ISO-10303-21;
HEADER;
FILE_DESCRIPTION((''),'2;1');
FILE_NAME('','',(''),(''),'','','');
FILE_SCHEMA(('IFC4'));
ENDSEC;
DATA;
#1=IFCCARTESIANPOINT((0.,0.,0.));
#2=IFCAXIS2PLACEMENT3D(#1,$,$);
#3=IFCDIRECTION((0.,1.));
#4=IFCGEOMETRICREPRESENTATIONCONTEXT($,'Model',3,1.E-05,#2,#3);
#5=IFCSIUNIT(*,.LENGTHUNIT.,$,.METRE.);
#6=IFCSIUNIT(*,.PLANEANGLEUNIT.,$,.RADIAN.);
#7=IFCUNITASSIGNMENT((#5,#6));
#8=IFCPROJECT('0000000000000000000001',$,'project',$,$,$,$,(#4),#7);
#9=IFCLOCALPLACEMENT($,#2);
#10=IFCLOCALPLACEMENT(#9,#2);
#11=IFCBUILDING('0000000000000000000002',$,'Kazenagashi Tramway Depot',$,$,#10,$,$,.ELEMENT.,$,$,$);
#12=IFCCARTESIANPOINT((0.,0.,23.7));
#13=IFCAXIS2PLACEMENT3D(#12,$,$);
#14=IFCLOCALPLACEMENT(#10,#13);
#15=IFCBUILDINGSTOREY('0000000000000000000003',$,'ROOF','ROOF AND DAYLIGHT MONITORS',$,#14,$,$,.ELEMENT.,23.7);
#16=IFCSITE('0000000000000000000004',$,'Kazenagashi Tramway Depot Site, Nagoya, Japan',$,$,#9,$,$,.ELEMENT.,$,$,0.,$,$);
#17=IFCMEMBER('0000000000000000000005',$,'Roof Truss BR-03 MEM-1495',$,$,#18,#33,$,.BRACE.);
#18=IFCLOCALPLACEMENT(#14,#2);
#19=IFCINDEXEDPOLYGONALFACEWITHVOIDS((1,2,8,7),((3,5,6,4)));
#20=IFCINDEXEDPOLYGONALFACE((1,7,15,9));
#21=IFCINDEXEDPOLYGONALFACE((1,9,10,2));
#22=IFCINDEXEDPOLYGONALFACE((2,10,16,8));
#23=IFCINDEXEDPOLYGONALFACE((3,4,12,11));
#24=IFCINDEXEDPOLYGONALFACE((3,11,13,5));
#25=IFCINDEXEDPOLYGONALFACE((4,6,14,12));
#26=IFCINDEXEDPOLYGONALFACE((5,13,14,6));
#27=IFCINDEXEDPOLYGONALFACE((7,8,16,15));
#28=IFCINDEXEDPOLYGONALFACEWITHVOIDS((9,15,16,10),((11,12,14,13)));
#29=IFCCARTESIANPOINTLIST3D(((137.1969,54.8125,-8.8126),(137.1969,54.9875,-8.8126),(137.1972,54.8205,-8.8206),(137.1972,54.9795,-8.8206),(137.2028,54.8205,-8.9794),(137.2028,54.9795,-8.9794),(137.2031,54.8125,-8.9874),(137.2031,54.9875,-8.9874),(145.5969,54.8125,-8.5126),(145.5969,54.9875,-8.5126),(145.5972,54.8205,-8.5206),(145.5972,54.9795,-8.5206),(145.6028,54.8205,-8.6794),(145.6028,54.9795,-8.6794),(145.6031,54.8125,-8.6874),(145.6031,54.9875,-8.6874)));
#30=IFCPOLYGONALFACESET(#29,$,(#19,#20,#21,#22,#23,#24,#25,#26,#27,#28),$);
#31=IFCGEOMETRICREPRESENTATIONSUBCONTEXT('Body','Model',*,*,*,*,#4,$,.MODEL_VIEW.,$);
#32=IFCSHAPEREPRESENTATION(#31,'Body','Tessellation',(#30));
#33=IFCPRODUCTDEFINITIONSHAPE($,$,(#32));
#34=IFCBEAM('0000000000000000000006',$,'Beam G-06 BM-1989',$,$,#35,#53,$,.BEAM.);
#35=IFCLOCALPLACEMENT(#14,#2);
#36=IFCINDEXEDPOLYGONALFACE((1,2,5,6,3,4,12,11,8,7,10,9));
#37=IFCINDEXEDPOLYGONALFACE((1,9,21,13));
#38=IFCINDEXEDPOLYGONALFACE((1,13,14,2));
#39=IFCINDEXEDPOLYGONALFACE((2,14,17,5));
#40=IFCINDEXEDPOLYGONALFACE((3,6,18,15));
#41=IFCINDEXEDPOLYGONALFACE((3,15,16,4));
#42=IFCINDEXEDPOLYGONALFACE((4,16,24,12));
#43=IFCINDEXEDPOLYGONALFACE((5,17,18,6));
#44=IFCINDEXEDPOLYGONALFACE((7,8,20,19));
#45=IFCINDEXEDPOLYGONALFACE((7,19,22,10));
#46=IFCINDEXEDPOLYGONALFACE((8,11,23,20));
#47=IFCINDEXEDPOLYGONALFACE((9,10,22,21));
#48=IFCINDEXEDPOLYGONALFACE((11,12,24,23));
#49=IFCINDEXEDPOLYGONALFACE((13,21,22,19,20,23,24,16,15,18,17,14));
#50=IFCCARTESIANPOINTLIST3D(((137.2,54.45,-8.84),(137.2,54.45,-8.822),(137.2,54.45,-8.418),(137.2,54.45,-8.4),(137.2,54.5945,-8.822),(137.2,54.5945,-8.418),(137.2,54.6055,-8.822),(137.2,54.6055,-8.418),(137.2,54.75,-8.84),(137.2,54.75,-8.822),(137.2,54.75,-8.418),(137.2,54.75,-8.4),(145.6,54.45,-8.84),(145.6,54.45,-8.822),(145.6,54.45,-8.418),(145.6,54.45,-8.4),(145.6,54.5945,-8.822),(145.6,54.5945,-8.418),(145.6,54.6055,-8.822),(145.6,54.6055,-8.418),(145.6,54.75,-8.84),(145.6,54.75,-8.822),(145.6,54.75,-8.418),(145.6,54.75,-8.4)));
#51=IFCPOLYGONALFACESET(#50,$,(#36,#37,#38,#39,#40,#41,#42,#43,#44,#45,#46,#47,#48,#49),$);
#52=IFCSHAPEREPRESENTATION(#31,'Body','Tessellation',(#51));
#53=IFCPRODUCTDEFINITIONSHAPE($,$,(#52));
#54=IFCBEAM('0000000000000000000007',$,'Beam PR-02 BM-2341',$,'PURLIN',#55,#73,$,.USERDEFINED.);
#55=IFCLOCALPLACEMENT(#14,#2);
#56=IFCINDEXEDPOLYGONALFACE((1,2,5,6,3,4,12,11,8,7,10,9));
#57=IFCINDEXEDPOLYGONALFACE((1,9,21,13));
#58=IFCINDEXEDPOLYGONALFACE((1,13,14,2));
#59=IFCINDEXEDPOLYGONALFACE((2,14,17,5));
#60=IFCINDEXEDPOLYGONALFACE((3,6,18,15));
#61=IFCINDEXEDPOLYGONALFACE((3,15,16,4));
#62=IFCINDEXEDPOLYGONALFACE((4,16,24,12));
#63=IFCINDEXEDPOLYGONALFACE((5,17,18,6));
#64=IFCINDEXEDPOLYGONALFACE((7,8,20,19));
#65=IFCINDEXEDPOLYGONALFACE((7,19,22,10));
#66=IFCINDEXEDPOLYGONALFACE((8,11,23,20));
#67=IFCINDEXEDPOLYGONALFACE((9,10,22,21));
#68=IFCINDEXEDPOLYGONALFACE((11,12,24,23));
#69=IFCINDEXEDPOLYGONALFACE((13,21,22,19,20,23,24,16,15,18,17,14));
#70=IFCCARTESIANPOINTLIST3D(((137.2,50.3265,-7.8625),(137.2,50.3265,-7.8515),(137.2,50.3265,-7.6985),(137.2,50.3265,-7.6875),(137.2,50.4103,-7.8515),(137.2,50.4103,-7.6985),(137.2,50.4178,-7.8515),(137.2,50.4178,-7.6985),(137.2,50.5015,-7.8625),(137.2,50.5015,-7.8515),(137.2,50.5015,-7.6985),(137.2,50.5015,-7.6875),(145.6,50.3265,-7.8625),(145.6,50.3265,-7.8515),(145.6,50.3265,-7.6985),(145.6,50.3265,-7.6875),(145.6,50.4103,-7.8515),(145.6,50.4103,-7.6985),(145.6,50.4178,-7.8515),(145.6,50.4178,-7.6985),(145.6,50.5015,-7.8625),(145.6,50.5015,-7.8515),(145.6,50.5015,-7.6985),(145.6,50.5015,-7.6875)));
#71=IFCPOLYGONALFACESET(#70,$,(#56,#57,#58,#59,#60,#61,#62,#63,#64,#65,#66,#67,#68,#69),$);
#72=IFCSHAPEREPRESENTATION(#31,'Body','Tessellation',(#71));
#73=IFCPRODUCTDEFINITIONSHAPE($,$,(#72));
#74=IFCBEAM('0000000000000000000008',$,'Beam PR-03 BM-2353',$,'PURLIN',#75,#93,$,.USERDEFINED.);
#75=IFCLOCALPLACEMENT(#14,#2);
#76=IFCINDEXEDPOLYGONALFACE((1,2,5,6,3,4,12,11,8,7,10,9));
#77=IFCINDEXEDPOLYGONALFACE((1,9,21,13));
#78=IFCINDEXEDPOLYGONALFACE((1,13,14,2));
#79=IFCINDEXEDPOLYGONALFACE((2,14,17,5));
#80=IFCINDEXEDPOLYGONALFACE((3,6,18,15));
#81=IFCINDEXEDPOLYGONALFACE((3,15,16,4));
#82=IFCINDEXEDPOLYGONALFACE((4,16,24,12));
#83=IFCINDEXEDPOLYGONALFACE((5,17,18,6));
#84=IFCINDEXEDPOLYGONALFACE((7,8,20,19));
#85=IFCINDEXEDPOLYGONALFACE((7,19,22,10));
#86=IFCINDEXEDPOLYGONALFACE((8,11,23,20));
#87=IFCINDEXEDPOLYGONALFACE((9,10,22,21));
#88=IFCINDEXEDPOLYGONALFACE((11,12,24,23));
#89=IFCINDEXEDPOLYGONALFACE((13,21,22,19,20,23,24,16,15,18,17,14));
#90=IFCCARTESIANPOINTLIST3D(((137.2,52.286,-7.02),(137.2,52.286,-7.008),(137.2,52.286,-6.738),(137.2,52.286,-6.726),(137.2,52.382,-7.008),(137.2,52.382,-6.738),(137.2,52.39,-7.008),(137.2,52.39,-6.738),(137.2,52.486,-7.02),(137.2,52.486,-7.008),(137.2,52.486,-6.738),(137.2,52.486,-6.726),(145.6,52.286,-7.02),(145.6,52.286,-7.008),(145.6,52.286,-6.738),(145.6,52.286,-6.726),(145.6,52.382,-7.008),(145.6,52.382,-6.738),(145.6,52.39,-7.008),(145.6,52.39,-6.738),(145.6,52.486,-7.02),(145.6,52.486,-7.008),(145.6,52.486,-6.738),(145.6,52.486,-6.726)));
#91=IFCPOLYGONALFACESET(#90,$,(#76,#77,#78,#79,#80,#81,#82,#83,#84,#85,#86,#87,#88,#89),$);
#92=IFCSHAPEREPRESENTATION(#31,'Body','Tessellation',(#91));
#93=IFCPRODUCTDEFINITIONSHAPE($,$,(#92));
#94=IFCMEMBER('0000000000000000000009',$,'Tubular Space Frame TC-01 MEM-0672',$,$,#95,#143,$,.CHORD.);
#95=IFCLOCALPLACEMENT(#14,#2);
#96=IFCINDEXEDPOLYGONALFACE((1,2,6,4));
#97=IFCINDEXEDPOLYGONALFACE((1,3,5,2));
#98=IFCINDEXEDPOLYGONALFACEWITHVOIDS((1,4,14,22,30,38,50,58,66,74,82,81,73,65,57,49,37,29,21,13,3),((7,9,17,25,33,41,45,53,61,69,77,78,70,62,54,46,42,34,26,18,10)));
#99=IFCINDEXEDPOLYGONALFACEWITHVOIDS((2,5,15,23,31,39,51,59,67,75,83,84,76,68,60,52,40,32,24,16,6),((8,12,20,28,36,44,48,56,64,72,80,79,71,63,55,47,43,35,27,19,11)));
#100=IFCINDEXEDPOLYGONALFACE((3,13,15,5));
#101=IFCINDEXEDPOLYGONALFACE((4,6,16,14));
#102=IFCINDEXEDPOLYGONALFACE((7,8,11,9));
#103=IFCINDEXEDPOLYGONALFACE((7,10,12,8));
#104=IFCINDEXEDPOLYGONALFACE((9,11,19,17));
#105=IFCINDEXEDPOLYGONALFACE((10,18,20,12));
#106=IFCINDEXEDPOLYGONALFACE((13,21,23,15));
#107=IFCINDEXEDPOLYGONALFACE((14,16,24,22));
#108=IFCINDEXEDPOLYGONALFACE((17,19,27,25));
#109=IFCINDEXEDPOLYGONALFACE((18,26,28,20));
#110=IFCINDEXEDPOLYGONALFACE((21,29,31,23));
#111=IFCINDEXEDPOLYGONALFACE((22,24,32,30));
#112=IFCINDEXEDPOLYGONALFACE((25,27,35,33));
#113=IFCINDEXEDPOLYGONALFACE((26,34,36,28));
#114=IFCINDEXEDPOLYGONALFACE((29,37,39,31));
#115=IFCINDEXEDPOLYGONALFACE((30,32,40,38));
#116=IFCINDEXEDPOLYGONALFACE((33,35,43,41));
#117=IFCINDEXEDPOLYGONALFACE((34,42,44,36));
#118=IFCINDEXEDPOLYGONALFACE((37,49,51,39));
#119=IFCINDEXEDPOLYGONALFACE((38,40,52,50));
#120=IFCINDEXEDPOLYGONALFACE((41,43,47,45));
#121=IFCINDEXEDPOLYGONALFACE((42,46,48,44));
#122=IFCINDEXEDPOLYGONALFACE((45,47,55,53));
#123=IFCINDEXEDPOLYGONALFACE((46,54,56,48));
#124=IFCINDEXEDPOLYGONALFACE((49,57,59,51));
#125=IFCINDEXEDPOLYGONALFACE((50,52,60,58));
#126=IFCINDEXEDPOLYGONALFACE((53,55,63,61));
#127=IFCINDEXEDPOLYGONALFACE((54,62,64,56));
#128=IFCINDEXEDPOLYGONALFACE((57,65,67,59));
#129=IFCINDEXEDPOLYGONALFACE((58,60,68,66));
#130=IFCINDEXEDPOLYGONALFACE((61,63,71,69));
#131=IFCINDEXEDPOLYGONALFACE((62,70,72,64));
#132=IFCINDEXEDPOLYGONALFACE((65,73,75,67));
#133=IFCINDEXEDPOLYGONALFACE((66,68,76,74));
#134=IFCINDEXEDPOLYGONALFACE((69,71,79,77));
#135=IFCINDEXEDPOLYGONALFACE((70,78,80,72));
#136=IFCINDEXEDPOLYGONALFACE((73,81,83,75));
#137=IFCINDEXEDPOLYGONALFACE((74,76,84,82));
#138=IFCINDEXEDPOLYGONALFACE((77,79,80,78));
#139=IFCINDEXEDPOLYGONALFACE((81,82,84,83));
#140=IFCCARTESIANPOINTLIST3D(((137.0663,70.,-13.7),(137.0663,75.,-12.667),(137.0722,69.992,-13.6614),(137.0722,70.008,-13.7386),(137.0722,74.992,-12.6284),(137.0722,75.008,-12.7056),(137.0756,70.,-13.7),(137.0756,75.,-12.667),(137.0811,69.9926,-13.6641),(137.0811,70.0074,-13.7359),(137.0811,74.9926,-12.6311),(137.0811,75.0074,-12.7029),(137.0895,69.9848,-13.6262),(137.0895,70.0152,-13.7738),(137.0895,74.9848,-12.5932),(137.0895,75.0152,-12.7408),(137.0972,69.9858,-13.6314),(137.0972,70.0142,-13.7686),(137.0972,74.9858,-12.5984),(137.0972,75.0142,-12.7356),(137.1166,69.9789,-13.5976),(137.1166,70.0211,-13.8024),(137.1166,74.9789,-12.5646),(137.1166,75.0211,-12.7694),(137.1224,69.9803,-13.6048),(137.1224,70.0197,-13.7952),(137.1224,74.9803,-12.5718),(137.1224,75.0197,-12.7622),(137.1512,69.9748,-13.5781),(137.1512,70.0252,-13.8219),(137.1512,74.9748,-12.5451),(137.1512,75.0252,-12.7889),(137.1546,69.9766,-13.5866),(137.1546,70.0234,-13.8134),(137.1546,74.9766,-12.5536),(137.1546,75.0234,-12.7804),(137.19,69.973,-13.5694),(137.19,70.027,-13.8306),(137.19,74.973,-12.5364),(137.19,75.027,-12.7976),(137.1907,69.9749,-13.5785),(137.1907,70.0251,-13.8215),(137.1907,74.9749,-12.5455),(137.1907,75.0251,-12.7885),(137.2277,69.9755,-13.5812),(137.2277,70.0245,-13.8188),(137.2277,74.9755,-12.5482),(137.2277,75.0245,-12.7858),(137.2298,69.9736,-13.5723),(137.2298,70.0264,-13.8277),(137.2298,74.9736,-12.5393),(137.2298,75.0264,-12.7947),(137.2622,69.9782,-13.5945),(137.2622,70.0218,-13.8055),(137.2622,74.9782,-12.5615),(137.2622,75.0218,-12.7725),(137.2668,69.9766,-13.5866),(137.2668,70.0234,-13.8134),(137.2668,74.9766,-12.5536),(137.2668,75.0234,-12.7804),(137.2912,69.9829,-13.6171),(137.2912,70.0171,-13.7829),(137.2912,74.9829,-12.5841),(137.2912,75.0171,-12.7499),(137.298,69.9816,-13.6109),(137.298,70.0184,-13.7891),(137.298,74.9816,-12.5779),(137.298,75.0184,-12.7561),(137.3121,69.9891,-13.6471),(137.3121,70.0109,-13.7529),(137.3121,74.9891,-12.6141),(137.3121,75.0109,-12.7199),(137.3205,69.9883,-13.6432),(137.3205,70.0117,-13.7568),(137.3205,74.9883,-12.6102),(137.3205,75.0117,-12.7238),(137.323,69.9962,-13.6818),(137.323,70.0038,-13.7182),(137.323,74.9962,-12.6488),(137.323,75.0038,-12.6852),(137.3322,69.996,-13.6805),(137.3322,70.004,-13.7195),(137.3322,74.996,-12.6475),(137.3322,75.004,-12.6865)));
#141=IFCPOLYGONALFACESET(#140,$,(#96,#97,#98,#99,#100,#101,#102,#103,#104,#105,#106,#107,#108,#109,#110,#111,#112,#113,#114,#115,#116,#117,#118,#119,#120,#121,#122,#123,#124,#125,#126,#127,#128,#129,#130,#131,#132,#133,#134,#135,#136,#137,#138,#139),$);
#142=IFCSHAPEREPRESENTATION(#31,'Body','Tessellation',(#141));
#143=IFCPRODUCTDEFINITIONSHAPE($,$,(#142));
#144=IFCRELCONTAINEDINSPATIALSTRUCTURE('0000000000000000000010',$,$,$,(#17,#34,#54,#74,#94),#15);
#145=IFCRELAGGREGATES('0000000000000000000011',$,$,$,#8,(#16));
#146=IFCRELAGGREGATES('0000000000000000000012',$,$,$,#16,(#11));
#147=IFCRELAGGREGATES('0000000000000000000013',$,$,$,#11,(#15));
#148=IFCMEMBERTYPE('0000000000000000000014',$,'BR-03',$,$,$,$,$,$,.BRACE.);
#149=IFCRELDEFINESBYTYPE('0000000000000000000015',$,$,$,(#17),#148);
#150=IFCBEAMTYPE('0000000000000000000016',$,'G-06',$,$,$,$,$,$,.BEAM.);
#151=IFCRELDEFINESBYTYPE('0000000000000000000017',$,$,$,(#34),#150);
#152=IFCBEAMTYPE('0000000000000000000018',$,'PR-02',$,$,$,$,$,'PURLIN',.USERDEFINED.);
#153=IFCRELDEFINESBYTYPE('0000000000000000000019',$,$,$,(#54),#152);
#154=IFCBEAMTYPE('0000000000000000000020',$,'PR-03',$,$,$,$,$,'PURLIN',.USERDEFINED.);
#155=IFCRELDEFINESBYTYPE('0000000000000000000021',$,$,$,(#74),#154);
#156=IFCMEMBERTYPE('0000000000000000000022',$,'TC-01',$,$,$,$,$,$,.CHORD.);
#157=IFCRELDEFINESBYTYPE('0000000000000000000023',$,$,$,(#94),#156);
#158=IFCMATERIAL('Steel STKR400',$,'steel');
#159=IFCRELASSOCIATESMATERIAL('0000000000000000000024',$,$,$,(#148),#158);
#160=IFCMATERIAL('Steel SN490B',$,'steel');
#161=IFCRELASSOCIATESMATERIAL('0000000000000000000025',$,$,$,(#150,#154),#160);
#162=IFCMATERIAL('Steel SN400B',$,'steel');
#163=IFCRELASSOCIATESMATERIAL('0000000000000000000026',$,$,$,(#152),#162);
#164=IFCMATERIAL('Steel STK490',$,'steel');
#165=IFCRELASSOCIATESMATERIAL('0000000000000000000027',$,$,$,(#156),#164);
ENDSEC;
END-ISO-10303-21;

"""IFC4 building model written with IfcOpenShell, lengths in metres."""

from ifc_helpers import new_model, si_unit, direction, frame, origin, origin_2d, place, context, subcontext, project, spatial, hollow_rectangle, hollow_circle, i_section, extrude, material, material_profile, profile_set, type_object, element, save


model = new_model("IFC4")

# Units and contexts
model_context = context("Model", 3, precision=1e-05, world=origin(), true_north=direction((0.0, 1.0)))
body_context = subcontext(model_context, "Body", "Model", "MODEL_VIEW")
ifc_project = project(units=[si_unit("LENGTHUNIT", "METRE"), si_unit("PLANEANGLEUNIT", "RADIAN")], contexts=[model_context])

# Site, building, storey
site_placement = place(None, origin())
site = spatial("IfcSite", under=ifc_project, at=site_placement, Name="Kazenagashi Tramway Depot Site, Nagoya, Japan", CompositionType="ELEMENT", RefElevation=0.0)
building_placement = place(site_placement, origin())
building = spatial("IfcBuilding", under=site, at=building_placement, Name="Kazenagashi Tramway Depot", CompositionType="ELEMENT")
storey_placement = place(building_placement, frame((0.0, 0.0, 23.7)))
storey = spatial("IfcBuildingStorey", under=building, at=storey_placement, Name="ROOF", Description="ROOF AND DAYLIGHT MONITORS", CompositionType="ELEMENT", Elevation=23.7)

# Member
ifc_material_1 = material(Name="Steel STKR400", Category="steel")
ifc_material_profile_1 = material_profile(ifc_material_1, hollow_rectangle(XDim=0.175, YDim=0.175, WallThickness=0.008, at=origin_2d()), Name="SHS-175x175x8")
ifc_profile_set_1 = profile_set([ifc_material_profile_1], Name="Steel STKR400")
member_type_1 = type_object("IfcMemberType", Name="BR-03", PredefinedType="BRACE", material=ifc_profile_set_1)
member_1_placement = place(storey_placement, frame((137.2, 54.9, -8.9), z_axis=(0.999363, 0.0, 0.035692), x_axis=(0.0, 1.0, 0.0)))
element("IfcMember", 1, at=member_1_placement, inside=storey, type_object=member_type_1, Name="Roof Truss BR-03 MEM-1495", PredefinedType="BRACE", context=body_context, shape_type="SweptSolid", body=[
    extrude(hollow_rectangle(XDim=0.175, YDim=0.175, WallThickness=0.008, at=origin_2d()), origin(), (0.0, 0.0, 1.0), 8.4054),
])

# Beams
ifc_material_2 = material(Name="Steel SN490B", Category="steel")
ifc_material_profile_2 = material_profile(ifc_material_2, i_section(OverallWidth=0.3, OverallDepth=0.44, WebThickness=0.011, FlangeThickness=0.018, at=origin_2d()), Name="H-440x300x11x18")
ifc_profile_set_2 = profile_set([ifc_material_profile_2], Name="Steel SN490B")
beam_type_1 = type_object("IfcBeamType", Name="G-06", PredefinedType="BEAM", material=ifc_profile_set_2)
beam_1_placement = place(storey_placement, frame((137.2, 54.6, -8.62), z_axis=(1.0, 0.0, 0.0), x_axis=(0.0, 1.0, 0.0)))
element("IfcBeam", 2, at=beam_1_placement, inside=storey, type_object=beam_type_1, Name="Beam G-06 BM-1989", PredefinedType="BEAM", context=body_context, shape_type="SweptSolid", body=[
    extrude(i_section(OverallWidth=0.3, OverallDepth=0.44, WebThickness=0.011, FlangeThickness=0.018, at=origin_2d()), origin(), (0.0, 0.0, 1.0), 8.4),
])
ifc_material_3 = material(Name="Steel SN400B", Category="steel")
ifc_material_profile_3 = material_profile(ifc_material_3, i_section(OverallWidth=0.175, OverallDepth=0.175, WebThickness=0.0075, FlangeThickness=0.011, at=origin_2d()), Name="H-175x175x7.5x11")
ifc_profile_set_3 = profile_set([ifc_material_profile_3], Name="Steel SN400B")
beam_type_2 = type_object("IfcBeamType", Name="PR-02", ElementType="PURLIN", PredefinedType="USERDEFINED", material=ifc_profile_set_3)
beam_2_placement = place(storey_placement, frame((137.2, 50.414, -7.775), z_axis=(1.0, 0.0, 0.0), x_axis=(0.0, 1.0, 0.0)))
element("IfcBeam", 3, at=beam_2_placement, inside=storey, type_object=beam_type_2, Name="Beam PR-02 BM-2341", ObjectType="PURLIN", PredefinedType="USERDEFINED", context=body_context, shape_type="SweptSolid", body=[
    extrude(i_section(OverallWidth=0.175, OverallDepth=0.175, WebThickness=0.0075, FlangeThickness=0.011, at=origin_2d()), origin(), (0.0, 0.0, 1.0), 8.4),
])
ifc_material_profile_4 = material_profile(ifc_material_2, i_section(OverallWidth=0.2, OverallDepth=0.294, WebThickness=0.008, FlangeThickness=0.012, at=origin_2d()), Name="H-294x200x8x12")
ifc_profile_set_4 = profile_set([ifc_material_profile_4], Name="Steel SN490B")
beam_type_3 = type_object("IfcBeamType", Name="PR-03", ElementType="PURLIN", PredefinedType="USERDEFINED", material=ifc_profile_set_4)
beam_3_placement = place(storey_placement, frame((137.2, 52.386, -6.873), z_axis=(1.0, 0.0, 0.0), x_axis=(0.0, 1.0, 0.0)))
element("IfcBeam", 4, at=beam_3_placement, inside=storey, type_object=beam_type_3, Name="Beam PR-03 BM-2353", ObjectType="PURLIN", PredefinedType="USERDEFINED", context=body_context, shape_type="SweptSolid", body=[
    extrude(i_section(OverallWidth=0.2, OverallDepth=0.294, WebThickness=0.008, FlangeThickness=0.012, at=origin_2d()), origin(), (0.0, 0.0, 1.0), 8.4),
])

# Member
ifc_material_4 = material(Name="Steel STK490", Category="steel")
ifc_material_profile_5 = material_profile(ifc_material_4, hollow_circle(Radius=0.1337, WallThickness=0.0093, at=origin_2d()), Name="CHS-267.4x9.3")
ifc_profile_set_5 = profile_set([ifc_material_profile_5], Name="Steel STK490")
member_type_2 = type_object("IfcMemberType", Name="TC-01", PredefinedType="CHORD", material=ifc_profile_set_5)
for number, where, z_axis, x_axis, name in (
    (5, (137.2, 70.0, -13.7), (0.0, 0.979318, 0.202327), (-1.0, 0.0, 0.0), "Tubular Space Frame TC-01 MEM-0672"),
):
    element("IfcMember", number, at=place(storey_placement, frame(where, z_axis=z_axis, x_axis=x_axis)), inside=storey, type_object=member_type_2, Name=name, PredefinedType="CHORD", context=body_context, shape_type="SweptSolid", body=[
        extrude(hollow_circle(Radius=0.1337, WallThickness=0.0093, at=origin_2d()), origin(), (0.0, 0.0, 1.0), 5.1056),
    ])

save(model, "model.ifc")
